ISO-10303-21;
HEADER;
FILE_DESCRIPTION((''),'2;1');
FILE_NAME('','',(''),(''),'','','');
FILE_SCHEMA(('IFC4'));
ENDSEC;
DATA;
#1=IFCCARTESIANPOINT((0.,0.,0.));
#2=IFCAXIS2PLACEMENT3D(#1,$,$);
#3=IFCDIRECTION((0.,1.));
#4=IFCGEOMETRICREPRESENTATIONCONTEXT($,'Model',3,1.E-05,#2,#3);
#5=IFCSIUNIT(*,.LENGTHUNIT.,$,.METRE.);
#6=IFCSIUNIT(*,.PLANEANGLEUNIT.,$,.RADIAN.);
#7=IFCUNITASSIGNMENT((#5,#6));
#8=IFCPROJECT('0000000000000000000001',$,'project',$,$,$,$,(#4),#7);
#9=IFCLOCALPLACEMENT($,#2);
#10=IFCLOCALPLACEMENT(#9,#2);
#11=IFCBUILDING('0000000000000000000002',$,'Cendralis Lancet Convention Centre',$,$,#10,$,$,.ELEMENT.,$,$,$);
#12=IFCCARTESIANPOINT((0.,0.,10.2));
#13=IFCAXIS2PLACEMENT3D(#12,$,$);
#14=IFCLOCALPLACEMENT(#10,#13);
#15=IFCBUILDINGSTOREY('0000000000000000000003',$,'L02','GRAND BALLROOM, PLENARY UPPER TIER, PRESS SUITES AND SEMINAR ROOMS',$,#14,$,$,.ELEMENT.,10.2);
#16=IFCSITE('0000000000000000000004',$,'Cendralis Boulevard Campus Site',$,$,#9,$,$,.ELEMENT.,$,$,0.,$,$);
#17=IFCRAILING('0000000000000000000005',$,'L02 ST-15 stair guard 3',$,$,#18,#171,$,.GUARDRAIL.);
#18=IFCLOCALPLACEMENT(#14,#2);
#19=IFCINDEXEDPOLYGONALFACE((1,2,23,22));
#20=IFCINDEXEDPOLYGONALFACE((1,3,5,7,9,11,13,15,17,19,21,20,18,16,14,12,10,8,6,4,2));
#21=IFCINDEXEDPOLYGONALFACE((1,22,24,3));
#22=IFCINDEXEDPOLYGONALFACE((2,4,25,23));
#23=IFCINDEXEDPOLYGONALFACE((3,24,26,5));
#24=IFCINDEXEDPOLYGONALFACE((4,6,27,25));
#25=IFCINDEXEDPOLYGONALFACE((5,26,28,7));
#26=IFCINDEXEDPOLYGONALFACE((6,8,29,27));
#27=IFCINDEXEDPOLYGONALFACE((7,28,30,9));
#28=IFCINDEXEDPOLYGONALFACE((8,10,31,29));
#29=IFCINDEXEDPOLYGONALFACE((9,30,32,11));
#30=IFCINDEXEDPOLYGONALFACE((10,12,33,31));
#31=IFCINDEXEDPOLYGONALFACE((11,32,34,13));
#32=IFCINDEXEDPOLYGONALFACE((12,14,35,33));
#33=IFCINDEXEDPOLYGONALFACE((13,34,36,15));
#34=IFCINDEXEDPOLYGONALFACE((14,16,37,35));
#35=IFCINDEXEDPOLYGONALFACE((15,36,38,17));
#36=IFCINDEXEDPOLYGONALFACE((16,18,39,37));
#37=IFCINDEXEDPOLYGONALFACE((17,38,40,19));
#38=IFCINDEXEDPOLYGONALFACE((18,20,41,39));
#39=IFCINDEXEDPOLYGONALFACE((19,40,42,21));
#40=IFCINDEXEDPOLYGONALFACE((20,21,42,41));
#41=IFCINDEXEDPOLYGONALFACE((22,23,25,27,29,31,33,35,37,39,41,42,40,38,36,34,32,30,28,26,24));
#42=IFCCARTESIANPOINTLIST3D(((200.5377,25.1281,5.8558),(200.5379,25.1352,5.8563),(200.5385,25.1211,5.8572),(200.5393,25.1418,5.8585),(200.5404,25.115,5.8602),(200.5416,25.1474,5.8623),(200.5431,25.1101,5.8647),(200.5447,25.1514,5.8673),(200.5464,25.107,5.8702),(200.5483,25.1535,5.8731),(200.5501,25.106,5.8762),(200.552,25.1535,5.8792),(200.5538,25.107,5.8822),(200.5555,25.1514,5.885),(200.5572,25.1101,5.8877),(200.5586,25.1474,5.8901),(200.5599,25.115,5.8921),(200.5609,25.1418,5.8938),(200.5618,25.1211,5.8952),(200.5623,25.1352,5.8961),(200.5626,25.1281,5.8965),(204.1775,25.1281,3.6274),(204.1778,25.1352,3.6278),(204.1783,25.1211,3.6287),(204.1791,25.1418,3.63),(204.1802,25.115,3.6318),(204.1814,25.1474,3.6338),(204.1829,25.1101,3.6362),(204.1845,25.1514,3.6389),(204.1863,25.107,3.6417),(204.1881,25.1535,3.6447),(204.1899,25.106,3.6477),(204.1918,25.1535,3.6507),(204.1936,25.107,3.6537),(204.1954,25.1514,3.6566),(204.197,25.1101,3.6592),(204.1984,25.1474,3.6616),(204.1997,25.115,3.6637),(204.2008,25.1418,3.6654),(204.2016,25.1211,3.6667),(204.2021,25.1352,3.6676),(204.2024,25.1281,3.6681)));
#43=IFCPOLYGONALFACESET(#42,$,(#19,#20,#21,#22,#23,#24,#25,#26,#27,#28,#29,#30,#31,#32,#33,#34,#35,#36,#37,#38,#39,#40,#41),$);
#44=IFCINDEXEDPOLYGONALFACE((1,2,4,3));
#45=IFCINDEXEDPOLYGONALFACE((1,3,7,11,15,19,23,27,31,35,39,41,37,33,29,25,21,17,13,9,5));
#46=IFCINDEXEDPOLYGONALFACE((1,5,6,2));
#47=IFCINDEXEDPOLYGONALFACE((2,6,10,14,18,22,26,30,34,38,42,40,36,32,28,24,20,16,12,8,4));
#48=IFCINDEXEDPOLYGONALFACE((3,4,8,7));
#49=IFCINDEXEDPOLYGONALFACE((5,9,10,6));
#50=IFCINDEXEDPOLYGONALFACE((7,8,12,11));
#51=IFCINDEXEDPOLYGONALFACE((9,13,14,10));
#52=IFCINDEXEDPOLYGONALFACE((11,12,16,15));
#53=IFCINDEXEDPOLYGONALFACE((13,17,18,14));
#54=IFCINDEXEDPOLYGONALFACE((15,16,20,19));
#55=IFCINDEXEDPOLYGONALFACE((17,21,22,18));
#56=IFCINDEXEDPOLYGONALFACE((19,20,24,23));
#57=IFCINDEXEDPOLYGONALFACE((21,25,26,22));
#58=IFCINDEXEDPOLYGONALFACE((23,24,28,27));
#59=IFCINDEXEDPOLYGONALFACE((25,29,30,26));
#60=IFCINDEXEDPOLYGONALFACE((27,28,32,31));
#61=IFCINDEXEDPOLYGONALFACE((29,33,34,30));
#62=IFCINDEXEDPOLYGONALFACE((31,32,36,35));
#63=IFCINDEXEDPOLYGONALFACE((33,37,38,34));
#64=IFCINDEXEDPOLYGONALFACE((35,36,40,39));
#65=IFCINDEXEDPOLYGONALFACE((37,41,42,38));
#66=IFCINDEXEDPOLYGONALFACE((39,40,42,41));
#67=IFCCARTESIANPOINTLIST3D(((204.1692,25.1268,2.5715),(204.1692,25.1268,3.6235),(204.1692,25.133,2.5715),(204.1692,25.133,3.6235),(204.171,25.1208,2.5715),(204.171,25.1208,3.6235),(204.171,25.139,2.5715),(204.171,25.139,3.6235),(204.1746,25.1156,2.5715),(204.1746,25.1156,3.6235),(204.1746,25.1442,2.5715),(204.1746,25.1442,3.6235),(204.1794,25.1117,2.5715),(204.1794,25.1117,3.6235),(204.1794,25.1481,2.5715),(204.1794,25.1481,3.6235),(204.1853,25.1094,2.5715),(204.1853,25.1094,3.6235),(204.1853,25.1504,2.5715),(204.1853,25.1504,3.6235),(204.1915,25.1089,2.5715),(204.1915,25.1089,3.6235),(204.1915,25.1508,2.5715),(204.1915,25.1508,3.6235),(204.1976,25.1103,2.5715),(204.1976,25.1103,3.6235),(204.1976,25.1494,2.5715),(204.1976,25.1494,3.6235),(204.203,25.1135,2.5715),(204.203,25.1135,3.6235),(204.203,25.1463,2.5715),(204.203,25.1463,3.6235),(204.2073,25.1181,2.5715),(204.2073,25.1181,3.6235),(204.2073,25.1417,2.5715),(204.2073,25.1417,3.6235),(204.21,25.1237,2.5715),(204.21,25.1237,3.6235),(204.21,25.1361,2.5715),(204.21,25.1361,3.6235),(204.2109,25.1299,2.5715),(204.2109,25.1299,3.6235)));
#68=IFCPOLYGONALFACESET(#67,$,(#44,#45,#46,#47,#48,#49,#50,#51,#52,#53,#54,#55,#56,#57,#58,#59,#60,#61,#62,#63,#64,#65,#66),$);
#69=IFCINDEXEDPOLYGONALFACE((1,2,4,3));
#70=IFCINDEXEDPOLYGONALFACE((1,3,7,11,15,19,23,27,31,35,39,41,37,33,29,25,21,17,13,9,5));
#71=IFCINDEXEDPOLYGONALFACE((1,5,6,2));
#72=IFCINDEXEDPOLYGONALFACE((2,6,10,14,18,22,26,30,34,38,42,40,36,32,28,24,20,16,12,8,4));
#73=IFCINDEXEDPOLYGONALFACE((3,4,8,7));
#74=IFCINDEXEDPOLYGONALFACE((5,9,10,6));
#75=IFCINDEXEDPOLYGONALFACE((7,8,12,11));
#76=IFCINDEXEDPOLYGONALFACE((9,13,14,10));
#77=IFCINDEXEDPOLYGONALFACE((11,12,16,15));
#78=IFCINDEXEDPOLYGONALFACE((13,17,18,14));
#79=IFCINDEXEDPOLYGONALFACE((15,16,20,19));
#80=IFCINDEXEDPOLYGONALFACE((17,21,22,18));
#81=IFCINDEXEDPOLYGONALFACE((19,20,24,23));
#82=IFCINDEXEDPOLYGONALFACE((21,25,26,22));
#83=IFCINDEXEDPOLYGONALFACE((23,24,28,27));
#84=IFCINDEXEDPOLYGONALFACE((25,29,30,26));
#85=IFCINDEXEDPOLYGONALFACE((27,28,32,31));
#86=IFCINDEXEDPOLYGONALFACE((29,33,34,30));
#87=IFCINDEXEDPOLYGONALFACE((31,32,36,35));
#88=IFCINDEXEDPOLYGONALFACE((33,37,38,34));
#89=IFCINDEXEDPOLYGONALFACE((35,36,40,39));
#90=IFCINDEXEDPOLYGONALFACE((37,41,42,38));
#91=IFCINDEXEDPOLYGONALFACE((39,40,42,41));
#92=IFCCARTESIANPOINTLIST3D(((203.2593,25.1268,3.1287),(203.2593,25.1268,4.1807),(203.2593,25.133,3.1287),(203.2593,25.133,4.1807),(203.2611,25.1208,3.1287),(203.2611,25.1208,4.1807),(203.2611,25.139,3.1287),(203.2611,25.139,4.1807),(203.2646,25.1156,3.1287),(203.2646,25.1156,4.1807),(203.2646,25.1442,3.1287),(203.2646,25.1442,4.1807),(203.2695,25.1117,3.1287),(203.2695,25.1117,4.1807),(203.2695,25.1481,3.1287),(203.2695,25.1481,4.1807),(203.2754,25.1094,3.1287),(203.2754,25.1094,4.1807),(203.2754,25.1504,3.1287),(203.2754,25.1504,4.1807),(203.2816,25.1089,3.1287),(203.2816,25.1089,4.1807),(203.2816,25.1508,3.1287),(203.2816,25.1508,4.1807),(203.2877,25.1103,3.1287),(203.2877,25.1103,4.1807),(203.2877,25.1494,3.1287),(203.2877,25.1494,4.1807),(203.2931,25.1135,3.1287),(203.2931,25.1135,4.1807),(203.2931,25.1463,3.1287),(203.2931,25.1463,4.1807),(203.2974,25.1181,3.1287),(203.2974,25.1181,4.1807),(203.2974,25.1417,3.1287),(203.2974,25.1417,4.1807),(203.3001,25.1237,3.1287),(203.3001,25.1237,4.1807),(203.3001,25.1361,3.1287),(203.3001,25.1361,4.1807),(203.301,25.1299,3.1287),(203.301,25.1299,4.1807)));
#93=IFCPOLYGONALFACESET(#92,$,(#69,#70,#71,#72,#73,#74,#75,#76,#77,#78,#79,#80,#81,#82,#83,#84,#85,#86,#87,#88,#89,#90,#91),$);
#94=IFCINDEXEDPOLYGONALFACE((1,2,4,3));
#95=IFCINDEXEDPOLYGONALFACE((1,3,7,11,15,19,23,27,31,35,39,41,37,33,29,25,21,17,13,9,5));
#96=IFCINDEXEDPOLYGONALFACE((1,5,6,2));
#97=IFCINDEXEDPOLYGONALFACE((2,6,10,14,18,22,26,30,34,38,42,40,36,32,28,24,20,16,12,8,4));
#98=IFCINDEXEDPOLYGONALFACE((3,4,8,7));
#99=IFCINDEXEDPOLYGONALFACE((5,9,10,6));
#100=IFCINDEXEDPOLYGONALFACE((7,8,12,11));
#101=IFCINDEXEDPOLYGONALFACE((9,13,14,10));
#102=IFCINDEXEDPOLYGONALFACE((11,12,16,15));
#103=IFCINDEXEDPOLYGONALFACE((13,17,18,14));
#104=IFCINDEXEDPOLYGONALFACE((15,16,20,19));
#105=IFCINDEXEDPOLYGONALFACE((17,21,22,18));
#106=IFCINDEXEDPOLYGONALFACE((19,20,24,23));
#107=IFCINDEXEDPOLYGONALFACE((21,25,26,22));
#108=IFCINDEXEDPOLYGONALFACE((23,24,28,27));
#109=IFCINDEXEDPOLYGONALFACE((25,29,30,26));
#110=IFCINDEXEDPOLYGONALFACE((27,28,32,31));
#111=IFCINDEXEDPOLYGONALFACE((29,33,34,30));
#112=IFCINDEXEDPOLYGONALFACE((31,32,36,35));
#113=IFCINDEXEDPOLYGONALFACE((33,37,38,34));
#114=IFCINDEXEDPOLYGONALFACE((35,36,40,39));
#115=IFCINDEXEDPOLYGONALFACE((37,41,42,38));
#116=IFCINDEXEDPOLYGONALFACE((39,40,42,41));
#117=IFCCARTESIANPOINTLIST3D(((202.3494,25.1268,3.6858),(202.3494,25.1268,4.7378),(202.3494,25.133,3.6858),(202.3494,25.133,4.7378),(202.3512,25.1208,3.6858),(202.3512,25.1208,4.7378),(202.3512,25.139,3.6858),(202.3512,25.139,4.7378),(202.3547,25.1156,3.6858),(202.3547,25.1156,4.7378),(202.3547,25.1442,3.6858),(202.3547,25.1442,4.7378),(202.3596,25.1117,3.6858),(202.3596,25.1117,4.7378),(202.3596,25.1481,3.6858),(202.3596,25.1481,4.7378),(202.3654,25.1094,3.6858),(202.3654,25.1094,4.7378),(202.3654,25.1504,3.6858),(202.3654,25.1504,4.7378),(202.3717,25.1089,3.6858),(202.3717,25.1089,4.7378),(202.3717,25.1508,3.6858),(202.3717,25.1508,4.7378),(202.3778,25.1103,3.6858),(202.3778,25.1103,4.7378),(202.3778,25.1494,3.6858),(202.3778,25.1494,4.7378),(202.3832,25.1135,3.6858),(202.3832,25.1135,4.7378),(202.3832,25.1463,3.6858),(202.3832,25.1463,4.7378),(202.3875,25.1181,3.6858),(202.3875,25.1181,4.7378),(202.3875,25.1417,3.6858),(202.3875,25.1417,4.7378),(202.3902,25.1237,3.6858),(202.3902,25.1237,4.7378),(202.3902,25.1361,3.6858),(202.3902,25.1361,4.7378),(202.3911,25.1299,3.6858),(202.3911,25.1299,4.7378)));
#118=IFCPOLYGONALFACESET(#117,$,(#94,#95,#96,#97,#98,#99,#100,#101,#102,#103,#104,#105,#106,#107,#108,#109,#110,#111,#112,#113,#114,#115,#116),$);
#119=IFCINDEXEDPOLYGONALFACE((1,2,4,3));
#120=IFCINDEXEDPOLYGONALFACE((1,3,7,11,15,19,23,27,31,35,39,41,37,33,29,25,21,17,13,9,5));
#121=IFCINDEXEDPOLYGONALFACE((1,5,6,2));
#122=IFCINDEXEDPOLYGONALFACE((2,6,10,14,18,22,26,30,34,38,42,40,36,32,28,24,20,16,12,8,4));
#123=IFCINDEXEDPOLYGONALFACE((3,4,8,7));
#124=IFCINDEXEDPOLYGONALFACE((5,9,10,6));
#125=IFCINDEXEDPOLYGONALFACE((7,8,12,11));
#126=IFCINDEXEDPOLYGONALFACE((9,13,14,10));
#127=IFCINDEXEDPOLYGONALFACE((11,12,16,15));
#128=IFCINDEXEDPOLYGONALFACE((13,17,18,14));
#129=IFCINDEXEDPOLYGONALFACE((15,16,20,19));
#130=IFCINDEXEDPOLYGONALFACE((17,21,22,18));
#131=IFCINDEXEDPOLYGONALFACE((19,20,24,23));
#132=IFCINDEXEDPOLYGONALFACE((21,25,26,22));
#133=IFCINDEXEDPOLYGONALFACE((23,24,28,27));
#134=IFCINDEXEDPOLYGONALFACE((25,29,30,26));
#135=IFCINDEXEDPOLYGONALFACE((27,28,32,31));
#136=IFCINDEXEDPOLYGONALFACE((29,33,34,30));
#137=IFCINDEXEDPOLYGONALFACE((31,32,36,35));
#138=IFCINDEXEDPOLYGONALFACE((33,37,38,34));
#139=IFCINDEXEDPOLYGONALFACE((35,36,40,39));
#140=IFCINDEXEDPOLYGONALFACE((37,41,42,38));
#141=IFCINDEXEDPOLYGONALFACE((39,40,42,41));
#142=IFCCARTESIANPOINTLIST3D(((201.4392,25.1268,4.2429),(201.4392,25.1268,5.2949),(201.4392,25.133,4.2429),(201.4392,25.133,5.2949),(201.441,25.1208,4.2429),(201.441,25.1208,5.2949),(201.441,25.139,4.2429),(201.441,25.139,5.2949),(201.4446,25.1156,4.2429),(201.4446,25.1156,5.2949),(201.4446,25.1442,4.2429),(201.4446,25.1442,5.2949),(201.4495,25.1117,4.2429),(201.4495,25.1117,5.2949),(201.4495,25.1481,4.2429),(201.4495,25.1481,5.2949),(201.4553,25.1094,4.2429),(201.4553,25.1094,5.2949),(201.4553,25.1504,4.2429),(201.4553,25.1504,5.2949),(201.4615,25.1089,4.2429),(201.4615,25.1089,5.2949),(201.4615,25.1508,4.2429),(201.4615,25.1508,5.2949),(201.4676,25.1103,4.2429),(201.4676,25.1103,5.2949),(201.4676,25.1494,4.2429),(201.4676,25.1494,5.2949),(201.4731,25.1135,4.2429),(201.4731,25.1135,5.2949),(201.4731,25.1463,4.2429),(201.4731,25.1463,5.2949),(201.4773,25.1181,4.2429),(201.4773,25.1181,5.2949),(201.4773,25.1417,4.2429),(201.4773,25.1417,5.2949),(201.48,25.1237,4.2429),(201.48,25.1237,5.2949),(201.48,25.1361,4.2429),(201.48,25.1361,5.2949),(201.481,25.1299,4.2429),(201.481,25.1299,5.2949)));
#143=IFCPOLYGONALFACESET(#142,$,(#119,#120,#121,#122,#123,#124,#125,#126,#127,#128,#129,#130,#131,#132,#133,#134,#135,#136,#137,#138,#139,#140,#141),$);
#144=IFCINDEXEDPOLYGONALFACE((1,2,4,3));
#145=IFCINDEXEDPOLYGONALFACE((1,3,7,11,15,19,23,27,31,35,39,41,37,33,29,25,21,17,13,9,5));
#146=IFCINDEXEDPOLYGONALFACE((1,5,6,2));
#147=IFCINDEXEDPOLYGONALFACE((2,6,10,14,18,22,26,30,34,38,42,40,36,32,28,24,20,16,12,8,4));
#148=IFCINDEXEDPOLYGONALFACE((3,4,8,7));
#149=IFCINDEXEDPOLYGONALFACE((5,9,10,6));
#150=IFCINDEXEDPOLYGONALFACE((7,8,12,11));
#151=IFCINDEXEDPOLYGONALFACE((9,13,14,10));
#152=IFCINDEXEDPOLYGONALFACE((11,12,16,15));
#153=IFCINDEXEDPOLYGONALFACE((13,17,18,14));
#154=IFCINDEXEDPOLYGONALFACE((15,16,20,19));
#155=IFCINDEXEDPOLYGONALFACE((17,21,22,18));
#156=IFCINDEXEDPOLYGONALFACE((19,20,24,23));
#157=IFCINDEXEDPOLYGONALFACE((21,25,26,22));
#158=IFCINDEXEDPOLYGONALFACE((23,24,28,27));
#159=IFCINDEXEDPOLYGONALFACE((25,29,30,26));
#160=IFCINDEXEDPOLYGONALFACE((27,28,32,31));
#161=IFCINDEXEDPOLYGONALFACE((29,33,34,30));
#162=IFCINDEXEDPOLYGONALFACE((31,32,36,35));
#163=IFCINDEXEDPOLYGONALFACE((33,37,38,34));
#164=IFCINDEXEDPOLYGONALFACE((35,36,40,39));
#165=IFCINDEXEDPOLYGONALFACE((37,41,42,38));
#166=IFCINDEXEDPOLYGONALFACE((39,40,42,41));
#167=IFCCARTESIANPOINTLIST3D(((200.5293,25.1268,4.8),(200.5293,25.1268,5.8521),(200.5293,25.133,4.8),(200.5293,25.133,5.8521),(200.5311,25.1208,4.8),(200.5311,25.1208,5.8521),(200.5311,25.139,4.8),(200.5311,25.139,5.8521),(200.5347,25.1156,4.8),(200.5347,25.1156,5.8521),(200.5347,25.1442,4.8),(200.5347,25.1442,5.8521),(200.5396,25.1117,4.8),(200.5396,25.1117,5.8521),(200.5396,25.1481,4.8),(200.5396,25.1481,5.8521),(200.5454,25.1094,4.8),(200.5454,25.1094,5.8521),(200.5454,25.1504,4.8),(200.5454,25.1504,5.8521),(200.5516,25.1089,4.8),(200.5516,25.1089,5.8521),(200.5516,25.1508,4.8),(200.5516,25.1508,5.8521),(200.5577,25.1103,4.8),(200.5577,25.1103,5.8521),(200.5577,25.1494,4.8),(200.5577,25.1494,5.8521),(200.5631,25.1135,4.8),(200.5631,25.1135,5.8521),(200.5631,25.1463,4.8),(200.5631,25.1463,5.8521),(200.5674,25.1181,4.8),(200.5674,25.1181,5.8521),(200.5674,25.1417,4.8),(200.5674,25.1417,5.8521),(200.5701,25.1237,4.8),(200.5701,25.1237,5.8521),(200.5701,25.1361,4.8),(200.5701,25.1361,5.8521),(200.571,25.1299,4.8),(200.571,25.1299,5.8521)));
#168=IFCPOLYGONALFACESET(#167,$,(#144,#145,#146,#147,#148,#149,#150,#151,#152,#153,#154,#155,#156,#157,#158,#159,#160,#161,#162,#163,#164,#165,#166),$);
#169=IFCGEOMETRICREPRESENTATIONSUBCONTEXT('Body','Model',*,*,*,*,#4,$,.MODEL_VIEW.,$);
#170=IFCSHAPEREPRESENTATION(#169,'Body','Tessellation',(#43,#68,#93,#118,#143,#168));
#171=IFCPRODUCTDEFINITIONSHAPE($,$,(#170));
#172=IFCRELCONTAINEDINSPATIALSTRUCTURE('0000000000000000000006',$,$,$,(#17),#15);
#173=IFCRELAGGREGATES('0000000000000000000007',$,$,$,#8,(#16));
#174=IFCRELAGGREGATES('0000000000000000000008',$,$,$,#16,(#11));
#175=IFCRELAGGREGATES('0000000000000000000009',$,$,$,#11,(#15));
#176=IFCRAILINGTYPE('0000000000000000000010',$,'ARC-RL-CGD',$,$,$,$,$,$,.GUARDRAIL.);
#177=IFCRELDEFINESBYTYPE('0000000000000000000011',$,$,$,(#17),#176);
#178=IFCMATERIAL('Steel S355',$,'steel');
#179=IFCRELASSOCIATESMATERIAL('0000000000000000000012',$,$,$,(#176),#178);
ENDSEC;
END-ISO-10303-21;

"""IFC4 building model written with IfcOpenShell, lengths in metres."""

from ifc_helpers import new_model, si_unit, direction, frame, origin, origin_2d, place, context, subcontext, project, spatial, circle, extrude, material, type_object, element, save


model = new_model("IFC4")

# Units and contexts
model_context = context("Model", 3, precision=1e-05, world=origin(), true_north=direction((0.0, 1.0)))
body_context = subcontext(model_context, "Body", "Model", "MODEL_VIEW")
ifc_project = project(units=[si_unit("LENGTHUNIT", "METRE"), si_unit("PLANEANGLEUNIT", "RADIAN")], contexts=[model_context])

# Site, building, storey
site_placement = place(None, origin())
site = spatial("IfcSite", under=ifc_project, at=site_placement, Name="Cendralis Boulevard Campus Site", CompositionType="ELEMENT", RefElevation=0.0)
building_placement = place(site_placement, origin())
building = spatial("IfcBuilding", under=site, at=building_placement, Name="Cendralis Lancet Convention Centre", CompositionType="ELEMENT")
storey_placement = place(building_placement, frame((0.0, 0.0, 10.2)))
storey = spatial("IfcBuildingStorey", under=building, at=storey_placement, Name="L02", Description="GRAND BALLROOM, PLENARY UPPER TIER, PRESS SUITES AND SEMINAR ROOMS", CompositionType="ELEMENT", Elevation=10.2)

# Shared definitions
ifc_material_1 = material(Name="Steel S355", Category="steel")

# Railing
railing_type_1 = type_object("IfcRailingType", Name="ARC-RL-CGD", PredefinedType="GUARDRAIL", material=ifc_material_1)
railing_1_placement = place(storey_placement, frame((204.1899, 25.1299, 2.5715)))
element("IfcRailing", 1, at=railing_1_placement, inside=storey, type_object=railing_type_1, Name="L02 ST-15 stair guard 3", PredefinedType="GUARDRAIL", context=body_context, shape_type="SweptSolid", body=[
    extrude(circle(Radius=0.0239, at=origin_2d()), frame((0.0, 0.0, 1.0762), z_axis=(-0.85285, 0.0, 0.522156), x_axis=(0.0, -1.0, 0.0)), (0.0, 0.0, 1.0), 4.2678),
    extrude(circle(Radius=0.021, at=origin_2d()), origin(), (0.0, 0.0, 1.0), 1.052),
    extrude(circle(Radius=0.021, at=origin_2d()), frame((-0.9099, 0.0, 0.5571)), (0.0, 0.0, 1.0), 1.052),
    extrude(circle(Radius=0.021, at=origin_2d()), frame((-1.8198, 0.0, 1.1143)), (0.0, 0.0, 1.0), 1.052),
    extrude(circle(Radius=0.021, at=origin_2d()), frame((-2.73, 0.0, 1.6714)), (0.0, 0.0, 1.0), 1.052),
    extrude(circle(Radius=0.021, at=origin_2d()), frame((-3.6399, 0.0, 2.2285)), (0.0, 0.0, 1.0), 1.052),
])

save(model, "model.ifc")
